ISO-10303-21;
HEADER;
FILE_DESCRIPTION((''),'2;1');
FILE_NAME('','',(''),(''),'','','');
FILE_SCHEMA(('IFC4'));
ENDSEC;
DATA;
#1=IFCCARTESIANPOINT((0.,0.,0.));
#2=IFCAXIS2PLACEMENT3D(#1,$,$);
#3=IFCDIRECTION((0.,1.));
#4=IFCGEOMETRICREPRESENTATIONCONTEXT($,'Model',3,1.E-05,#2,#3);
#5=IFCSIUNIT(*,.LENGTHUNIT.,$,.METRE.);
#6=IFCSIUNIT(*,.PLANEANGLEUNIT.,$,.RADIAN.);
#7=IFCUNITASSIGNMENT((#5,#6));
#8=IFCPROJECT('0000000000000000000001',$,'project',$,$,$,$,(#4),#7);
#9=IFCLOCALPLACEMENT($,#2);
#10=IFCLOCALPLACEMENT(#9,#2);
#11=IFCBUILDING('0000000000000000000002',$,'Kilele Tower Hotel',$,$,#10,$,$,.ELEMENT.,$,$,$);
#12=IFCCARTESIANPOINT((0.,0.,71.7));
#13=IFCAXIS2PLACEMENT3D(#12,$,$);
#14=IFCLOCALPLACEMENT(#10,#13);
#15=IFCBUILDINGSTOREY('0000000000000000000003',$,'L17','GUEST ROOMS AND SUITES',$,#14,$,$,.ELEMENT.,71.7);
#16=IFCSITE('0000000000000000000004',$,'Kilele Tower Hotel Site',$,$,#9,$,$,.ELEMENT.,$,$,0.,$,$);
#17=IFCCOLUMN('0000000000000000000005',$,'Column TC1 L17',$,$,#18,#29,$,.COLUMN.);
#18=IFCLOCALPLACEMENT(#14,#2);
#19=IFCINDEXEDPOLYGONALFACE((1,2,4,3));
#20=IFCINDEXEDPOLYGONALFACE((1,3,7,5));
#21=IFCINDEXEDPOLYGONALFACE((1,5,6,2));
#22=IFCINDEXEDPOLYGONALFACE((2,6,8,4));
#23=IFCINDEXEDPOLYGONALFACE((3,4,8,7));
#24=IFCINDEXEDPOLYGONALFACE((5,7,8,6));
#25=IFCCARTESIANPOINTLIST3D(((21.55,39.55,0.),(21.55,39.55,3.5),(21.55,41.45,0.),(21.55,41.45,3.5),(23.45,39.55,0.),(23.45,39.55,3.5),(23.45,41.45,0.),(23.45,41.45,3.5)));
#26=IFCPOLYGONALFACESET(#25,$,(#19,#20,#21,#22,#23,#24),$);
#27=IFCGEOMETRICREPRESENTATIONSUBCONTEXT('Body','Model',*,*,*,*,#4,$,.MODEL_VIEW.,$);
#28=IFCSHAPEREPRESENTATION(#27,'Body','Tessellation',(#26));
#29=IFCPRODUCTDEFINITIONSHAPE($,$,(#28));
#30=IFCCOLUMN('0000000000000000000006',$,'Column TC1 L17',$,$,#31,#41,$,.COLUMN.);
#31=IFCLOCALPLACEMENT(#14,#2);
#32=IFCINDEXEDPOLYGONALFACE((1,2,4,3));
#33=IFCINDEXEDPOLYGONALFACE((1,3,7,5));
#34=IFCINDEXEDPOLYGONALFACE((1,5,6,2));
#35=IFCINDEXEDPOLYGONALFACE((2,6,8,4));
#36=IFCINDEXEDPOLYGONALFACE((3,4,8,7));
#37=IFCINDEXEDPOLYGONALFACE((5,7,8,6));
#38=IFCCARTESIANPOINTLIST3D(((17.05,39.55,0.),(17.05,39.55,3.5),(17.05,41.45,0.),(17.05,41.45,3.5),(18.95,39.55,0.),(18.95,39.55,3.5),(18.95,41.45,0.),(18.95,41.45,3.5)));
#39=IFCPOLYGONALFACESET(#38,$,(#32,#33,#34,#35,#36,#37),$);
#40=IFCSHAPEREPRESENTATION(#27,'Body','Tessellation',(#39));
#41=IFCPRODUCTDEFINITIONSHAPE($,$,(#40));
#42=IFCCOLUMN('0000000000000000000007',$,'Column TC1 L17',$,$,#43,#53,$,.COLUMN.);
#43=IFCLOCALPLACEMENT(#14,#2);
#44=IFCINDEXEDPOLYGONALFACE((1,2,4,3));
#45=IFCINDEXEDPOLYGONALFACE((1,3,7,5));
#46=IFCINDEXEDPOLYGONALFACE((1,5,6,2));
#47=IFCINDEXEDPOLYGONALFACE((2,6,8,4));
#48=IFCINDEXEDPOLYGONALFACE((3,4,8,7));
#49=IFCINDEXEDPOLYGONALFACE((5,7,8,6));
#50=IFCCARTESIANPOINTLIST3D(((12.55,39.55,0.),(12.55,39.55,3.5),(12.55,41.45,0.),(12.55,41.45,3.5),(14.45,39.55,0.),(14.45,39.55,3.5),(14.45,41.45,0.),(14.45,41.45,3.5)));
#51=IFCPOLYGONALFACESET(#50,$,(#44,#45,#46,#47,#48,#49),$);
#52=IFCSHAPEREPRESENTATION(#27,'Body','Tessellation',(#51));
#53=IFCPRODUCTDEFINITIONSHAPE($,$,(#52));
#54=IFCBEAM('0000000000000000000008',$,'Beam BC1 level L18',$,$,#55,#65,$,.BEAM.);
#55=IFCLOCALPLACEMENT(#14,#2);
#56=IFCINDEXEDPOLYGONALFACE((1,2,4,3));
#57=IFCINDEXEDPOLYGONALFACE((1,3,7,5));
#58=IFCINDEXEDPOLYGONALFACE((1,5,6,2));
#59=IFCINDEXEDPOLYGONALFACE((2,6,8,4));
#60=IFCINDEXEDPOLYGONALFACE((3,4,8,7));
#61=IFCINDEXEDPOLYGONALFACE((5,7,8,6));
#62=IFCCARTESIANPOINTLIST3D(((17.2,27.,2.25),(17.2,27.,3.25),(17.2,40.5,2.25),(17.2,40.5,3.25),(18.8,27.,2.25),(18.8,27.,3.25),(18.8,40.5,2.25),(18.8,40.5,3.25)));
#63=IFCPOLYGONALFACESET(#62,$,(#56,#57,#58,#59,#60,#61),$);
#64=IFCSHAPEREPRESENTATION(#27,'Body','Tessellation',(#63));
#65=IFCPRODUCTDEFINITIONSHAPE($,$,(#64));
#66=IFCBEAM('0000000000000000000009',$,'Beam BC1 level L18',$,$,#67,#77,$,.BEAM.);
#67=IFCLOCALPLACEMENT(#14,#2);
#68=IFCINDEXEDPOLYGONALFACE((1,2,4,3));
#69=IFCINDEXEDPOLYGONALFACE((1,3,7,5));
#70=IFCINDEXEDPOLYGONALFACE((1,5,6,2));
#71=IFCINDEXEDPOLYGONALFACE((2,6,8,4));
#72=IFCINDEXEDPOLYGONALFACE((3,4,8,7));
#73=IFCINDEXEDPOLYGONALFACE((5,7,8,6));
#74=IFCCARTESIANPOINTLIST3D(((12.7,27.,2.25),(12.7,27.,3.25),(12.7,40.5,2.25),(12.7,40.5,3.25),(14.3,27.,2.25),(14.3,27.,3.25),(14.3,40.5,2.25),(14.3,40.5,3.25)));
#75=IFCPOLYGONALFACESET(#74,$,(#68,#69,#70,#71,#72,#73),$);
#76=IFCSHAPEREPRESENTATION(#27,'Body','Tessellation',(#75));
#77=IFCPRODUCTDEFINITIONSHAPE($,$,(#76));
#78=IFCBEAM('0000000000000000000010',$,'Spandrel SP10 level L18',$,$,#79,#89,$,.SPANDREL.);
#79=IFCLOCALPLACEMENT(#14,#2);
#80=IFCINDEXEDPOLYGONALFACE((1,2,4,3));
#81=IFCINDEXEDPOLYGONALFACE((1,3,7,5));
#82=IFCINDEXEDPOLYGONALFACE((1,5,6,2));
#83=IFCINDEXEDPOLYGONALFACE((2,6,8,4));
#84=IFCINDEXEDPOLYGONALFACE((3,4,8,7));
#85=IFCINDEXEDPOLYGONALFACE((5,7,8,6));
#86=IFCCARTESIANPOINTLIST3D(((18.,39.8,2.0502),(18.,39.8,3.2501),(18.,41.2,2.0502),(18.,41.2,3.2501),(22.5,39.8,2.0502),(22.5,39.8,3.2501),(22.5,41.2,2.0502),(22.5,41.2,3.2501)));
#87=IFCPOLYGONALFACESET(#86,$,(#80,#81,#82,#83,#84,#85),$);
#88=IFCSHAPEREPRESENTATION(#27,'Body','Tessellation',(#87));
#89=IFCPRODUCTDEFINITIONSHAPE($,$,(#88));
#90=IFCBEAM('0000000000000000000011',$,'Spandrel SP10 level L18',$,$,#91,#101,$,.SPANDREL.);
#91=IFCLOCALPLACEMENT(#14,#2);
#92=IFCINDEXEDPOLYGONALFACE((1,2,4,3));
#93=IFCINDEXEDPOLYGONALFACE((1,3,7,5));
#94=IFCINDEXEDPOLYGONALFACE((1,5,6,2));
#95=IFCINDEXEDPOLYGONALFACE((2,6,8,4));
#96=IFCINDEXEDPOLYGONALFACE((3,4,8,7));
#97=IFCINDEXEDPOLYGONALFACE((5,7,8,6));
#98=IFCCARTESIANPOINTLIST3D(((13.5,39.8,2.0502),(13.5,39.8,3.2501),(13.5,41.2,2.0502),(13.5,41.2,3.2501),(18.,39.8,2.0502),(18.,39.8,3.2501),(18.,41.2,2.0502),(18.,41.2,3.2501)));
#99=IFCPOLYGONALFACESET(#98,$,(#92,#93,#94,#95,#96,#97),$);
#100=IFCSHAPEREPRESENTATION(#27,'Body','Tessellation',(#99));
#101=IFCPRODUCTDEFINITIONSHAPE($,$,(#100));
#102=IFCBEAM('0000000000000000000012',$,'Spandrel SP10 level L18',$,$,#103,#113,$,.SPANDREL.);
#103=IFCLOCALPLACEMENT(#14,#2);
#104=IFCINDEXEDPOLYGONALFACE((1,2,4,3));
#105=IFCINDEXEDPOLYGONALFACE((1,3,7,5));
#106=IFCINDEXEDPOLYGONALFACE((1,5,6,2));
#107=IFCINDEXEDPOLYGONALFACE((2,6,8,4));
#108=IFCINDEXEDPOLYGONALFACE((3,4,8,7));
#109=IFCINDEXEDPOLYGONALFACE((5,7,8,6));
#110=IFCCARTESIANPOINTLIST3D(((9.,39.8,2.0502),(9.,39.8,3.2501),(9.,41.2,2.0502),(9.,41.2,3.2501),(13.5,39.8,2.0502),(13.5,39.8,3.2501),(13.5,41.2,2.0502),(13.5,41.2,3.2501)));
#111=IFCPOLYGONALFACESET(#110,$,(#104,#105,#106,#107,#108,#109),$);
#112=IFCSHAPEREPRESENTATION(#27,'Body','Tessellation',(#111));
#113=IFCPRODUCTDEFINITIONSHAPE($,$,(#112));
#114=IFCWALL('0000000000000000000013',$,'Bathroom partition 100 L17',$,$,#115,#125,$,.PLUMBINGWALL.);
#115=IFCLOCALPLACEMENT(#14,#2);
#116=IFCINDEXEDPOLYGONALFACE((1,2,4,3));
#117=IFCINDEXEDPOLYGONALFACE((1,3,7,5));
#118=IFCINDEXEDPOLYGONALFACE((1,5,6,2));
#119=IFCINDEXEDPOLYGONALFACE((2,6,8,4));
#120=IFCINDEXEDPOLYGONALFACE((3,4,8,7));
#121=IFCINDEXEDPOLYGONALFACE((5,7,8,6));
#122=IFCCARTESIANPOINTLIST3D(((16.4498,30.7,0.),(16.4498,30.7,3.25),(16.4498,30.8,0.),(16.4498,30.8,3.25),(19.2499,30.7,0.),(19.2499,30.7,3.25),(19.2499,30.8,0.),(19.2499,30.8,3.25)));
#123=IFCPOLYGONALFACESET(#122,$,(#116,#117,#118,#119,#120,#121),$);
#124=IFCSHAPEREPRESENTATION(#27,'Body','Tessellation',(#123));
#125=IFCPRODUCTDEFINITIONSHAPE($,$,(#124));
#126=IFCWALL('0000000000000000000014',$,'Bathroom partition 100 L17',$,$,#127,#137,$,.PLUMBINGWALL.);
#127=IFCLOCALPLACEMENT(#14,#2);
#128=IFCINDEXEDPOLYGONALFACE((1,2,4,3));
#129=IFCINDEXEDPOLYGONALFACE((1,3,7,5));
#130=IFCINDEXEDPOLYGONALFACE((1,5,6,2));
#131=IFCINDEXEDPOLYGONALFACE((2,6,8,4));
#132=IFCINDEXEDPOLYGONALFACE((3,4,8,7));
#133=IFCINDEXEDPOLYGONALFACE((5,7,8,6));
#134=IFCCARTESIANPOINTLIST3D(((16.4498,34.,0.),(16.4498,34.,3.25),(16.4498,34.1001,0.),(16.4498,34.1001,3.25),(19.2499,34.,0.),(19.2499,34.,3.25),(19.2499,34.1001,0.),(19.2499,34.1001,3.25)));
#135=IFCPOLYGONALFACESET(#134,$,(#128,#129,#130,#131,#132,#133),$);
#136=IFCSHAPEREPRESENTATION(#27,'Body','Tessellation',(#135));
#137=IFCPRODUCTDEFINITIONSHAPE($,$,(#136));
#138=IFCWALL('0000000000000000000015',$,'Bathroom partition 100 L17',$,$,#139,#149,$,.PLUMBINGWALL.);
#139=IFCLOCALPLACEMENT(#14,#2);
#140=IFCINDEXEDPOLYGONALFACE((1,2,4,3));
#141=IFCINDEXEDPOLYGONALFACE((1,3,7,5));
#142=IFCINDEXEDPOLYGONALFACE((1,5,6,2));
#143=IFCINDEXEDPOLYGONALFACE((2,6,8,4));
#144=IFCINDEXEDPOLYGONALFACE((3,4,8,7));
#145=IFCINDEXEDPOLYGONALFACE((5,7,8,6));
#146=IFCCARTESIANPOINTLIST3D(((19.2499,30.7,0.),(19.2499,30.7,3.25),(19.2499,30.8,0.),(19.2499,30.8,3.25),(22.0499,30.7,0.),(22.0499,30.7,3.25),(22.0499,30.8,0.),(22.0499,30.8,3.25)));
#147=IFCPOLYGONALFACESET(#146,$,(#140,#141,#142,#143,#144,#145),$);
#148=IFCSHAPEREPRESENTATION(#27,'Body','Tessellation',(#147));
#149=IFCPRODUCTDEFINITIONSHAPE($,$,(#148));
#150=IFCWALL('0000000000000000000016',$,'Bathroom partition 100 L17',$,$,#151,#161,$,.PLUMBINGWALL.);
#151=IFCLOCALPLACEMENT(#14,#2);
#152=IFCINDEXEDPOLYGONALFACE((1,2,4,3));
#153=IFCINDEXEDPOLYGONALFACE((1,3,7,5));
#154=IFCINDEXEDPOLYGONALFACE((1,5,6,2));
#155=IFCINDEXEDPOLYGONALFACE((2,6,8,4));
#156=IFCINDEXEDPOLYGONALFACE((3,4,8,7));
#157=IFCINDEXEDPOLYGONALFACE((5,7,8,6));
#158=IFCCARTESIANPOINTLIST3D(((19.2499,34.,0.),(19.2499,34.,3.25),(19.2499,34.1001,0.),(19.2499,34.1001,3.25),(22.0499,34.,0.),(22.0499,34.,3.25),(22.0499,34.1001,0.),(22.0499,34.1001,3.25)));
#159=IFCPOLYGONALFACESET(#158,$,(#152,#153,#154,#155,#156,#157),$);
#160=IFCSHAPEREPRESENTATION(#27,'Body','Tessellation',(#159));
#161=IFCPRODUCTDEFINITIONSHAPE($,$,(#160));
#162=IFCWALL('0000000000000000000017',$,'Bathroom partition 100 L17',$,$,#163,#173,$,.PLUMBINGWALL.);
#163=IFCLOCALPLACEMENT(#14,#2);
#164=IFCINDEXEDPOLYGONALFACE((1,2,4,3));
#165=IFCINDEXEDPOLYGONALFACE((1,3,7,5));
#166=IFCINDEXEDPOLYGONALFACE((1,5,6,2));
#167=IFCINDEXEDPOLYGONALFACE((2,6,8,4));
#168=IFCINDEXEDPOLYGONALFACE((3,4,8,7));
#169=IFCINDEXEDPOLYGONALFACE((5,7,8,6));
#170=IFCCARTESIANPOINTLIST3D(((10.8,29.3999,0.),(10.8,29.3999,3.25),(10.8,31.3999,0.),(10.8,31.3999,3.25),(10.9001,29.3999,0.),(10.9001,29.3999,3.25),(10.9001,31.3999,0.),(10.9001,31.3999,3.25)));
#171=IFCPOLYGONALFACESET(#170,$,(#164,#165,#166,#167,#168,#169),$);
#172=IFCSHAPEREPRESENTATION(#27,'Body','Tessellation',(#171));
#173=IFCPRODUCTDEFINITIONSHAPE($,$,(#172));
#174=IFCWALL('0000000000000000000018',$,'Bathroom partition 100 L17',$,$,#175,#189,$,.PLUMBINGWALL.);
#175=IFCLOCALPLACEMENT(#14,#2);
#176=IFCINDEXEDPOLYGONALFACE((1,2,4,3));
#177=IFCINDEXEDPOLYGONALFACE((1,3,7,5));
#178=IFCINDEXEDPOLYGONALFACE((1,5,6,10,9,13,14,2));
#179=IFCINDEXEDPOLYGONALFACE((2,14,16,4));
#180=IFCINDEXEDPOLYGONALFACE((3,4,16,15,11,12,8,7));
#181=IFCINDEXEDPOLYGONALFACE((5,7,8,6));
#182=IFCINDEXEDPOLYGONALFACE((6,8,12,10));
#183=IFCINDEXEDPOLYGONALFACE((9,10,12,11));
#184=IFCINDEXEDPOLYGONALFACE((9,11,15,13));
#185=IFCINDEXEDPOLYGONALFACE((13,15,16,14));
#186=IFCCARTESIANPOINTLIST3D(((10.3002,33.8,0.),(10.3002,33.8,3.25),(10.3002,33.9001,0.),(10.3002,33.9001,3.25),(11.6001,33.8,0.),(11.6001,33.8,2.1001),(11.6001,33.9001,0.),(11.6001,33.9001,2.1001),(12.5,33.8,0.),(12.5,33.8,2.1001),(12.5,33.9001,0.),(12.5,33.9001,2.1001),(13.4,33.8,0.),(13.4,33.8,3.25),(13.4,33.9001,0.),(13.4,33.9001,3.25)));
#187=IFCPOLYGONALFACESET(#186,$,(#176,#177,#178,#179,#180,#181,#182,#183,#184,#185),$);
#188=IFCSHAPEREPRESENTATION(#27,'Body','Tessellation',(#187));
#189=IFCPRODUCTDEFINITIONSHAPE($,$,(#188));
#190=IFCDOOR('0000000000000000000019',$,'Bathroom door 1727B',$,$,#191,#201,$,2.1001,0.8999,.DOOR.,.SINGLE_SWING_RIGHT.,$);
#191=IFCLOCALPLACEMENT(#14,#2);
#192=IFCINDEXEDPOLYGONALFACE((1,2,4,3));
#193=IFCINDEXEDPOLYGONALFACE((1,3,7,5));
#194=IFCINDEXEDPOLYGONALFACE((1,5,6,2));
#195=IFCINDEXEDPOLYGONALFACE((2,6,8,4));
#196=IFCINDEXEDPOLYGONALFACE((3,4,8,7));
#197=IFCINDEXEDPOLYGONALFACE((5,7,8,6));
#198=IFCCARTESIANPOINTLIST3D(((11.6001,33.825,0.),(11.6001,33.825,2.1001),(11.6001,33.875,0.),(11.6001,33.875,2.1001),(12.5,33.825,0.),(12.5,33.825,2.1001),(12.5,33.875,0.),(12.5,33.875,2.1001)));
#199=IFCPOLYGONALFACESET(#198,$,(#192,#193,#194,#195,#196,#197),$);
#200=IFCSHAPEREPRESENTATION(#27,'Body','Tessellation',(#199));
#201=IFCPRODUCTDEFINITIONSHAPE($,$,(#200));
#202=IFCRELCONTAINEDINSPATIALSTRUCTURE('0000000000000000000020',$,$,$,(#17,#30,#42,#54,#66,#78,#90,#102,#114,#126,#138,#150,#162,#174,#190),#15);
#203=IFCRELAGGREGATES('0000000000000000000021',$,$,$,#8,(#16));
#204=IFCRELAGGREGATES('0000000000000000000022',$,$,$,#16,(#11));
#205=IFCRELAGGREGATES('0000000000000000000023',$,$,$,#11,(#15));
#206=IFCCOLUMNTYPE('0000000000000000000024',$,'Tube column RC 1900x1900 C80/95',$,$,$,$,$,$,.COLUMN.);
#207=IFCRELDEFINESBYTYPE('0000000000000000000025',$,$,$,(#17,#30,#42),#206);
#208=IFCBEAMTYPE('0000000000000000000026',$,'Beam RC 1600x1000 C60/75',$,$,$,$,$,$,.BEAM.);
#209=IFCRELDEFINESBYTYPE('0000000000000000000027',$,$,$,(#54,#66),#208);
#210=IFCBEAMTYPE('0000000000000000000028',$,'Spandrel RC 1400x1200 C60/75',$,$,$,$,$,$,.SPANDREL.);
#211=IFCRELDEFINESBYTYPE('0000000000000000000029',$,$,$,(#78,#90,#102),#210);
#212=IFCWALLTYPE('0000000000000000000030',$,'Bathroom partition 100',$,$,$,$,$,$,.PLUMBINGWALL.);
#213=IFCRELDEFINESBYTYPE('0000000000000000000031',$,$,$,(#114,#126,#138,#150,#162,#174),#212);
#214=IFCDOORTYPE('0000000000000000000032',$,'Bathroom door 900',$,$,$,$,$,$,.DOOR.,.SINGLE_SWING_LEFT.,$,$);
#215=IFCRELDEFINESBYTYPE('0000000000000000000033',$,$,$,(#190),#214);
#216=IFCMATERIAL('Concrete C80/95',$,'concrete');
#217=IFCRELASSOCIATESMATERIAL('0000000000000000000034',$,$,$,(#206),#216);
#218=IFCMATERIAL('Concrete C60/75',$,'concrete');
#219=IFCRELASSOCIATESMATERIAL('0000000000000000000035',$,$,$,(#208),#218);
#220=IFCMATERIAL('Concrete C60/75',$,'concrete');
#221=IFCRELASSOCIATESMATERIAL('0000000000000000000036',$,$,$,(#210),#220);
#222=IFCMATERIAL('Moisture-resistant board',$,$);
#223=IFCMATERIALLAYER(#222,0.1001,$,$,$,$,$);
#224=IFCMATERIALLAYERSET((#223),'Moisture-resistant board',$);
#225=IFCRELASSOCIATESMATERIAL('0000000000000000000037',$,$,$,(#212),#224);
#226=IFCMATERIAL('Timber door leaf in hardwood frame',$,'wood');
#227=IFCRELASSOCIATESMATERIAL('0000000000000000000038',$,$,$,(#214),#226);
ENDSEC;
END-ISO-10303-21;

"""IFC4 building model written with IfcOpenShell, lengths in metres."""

from ifc_helpers import new_model, si_unit, direction, frame, frame_2d, origin, origin_2d, place, context, subcontext, project, spatial, rectangle, extrude, material, layer, layer_set, material_profile, profile_set, type_object, element, fill, save


model = new_model("IFC4")

# Units and contexts
model_context = context("Model", 3, precision=1e-05, world=origin(), true_north=direction((0.0, 1.0)))
body_context = subcontext(model_context, "Body", "Model", "MODEL_VIEW")
ifc_project = project(units=[si_unit("LENGTHUNIT", "METRE"), si_unit("PLANEANGLEUNIT", "RADIAN")], contexts=[model_context])

# Site, building, storey
site_placement = place(None, origin())
site = spatial("IfcSite", under=ifc_project, at=site_placement, Name="Kilele Tower Hotel Site", CompositionType="ELEMENT", RefElevation=0.0)
building_placement = place(site_placement, origin())
building = spatial("IfcBuilding", under=site, at=building_placement, Name="Kilele Tower Hotel", CompositionType="ELEMENT")
storey_placement = place(building_placement, frame((0.0, 0.0, 71.7)))
storey = spatial("IfcBuildingStorey", under=building, at=storey_placement, Name="L17", Description="GUEST ROOMS AND SUITES", CompositionType="ELEMENT", Elevation=71.7)

# Columns
ifc_material_1 = material(Name="Concrete C80/95", Category="concrete")
ifc_material_profile_1 = material_profile(ifc_material_1, rectangle(XDim=1.8999, YDim=1.8999, at=origin_2d()))
ifc_profile_set_1 = profile_set([ifc_material_profile_1], Name="Concrete C80/95")
column_type = type_object("IfcColumnType", Name="Tube column RC 1900x1900 C80/95", PredefinedType="COLUMN", material=ifc_profile_set_1)
for number, where, z_axis, x_axis, name in (
    (1, (22.5, 40.5, 0.0), (0.0, 0.0, 1.0), (1.0, 0.0, 0.0), "Column TC1 L17"),
    (2, (18.0, 40.5, 0.0), (0.0, 0.0, 1.0), (1.0, 0.0, 0.0), "Column TC1 L17"),
    (3, (13.5, 40.5, 0.0), (0.0, 0.0, 1.0), (1.0, 0.0, 0.0), "Column TC1 L17"),
):
    element("IfcColumn", number, at=place(storey_placement, frame(where, z_axis=z_axis, x_axis=x_axis)), inside=storey, type_object=column_type, Name=name, PredefinedType="COLUMN", context=body_context, shape_type="SweptSolid", body=[
        extrude(rectangle(XDim=1.8999, YDim=1.8999, at=origin_2d()), origin(), (0.0, 0.0, 1.0), 3.5),
    ])

# Beams
ifc_material_2 = material(Name="Concrete C60/75", Category="concrete")
ifc_material_profile_2 = material_profile(ifc_material_2, rectangle(XDim=1.6001, YDim=1.0, at=origin_2d()))
ifc_profile_set_2 = profile_set([ifc_material_profile_2], Name="Concrete C60/75")
beam_type_1 = type_object("IfcBeamType", Name="Beam RC 1600x1000 C60/75", PredefinedType="BEAM", material=ifc_profile_set_2)
for number, where, z_axis, x_axis, name in (
    (4, (18.0, 40.5, 2.75), (0.0, -1.0, 0.0), (1.0, 0.0, 0.0), "Beam BC1 level L18"),
    (5, (13.5, 40.5, 2.75), (0.0, -1.0, 0.0), (1.0, 0.0, 0.0), "Beam BC1 level L18"),
):
    element("IfcBeam", number, at=place(storey_placement, frame(where, z_axis=z_axis, x_axis=x_axis)), inside=storey, type_object=beam_type_1, Name=name, PredefinedType="BEAM", context=body_context, shape_type="SweptSolid", body=[
        extrude(rectangle(XDim=1.6001, YDim=1.0, at=origin_2d()), origin(), (0.0, 0.0, 1.0), 13.5),
    ])
ifc_material_3 = material(Name="Concrete C60/75", Category="concrete")
ifc_material_profile_3 = material_profile(ifc_material_3, rectangle(XDim=1.3999, YDim=1.2, at=origin_2d()))
ifc_profile_set_3 = profile_set([ifc_material_profile_3], Name="Concrete C60/75")
beam_type_2 = type_object("IfcBeamType", Name="Spandrel RC 1400x1200 C60/75", PredefinedType="SPANDREL", material=ifc_profile_set_3)
for number, where, z_axis, x_axis, name in (
    (6, (22.5, 40.5, 2.6501), (-1.0, 0.0, 0.0), (0.0, -1.0, 0.0), "Spandrel SP10 level L18"),
    (7, (18.0, 40.5, 2.6501), (-1.0, 0.0, 0.0), (0.0, -1.0, 0.0), "Spandrel SP10 level L18"),
    (8, (13.5, 40.5, 2.6501), (-1.0, 0.0, 0.0), (0.0, -1.0, 0.0), "Spandrel SP10 level L18"),
):
    element("IfcBeam", number, at=place(storey_placement, frame(where, z_axis=z_axis, x_axis=x_axis)), inside=storey, type_object=beam_type_2, Name=name, PredefinedType="SPANDREL", context=body_context, shape_type="SweptSolid", body=[
        extrude(rectangle(XDim=1.3999, YDim=1.2, at=origin_2d()), origin(), (0.0, 0.0, 1.0), 4.5),
    ])

# Walls
ifc_material_4 = material(Name="Moisture-resistant board")
ifc_layer_1 = layer(ifc_material_4, 0.1001)
ifc_layer_set_1 = layer_set([ifc_layer_1], Name="Moisture-resistant board")
wall_type_1 = type_object("IfcWallType", Name="Bathroom partition 100", PredefinedType="PLUMBINGWALL", material=ifc_layer_set_1)
for number, where, z_axis, x_axis, name in (
    (9, (16.45, 30.75, 0.0), (0.0, 0.0, 1.0), (1.0, 0.0, 0.0), "Bathroom partition 100 L17"),
    (10, (16.45, 34.05, 0.0), (0.0, 0.0, 1.0), (1.0, 0.0, 0.0), "Bathroom partition 100 L17"),
    (11, (19.25, 30.75, 0.0), (0.0, 0.0, 1.0), (1.0, 0.0, 0.0), "Bathroom partition 100 L17"),
    (12, (19.25, 34.05, 0.0), (0.0, 0.0, 1.0), (1.0, 0.0, 0.0), "Bathroom partition 100 L17"),
):
    element("IfcWall", number, at=place(storey_placement, frame(where, z_axis=z_axis, x_axis=x_axis)), inside=storey, type_object=wall_type_1, Name=name, PredefinedType="PLUMBINGWALL", context=body_context, shape_type="SweptSolid", body=[
        extrude(rectangle(XDim=2.8, YDim=0.1001, at=frame_2d((1.3999, 0.0))), origin(), (0.0, 0.0, 1.0), 3.25),
    ])
wall_1_placement = place(storey_placement, frame((10.8501, 31.3999, 0.0), z_axis=(0.0, 0.0, 1.0), x_axis=(0.0, -1.0, 0.0)))
element("IfcWall", 13, at=wall_1_placement, inside=storey, type_object=wall_type_1, Name="Bathroom partition 100 L17", PredefinedType="PLUMBINGWALL", context=body_context, shape_type="SweptSolid", body=[
    extrude(rectangle(XDim=2.0, YDim=0.1001, at=frame_2d((1.0, 0.0))), origin(), (0.0, 0.0, 1.0), 3.25),
])

# Wall, opening, door
wall_2_placement = place(storey_placement, frame((13.3999, 33.8501, 0.0), z_axis=(0.0, 0.0, 1.0), x_axis=(-1.0, 0.0, 0.0)))
wall_2 = element("IfcWall", 14, at=wall_2_placement, inside=storey, type_object=wall_type_1, Name="Bathroom partition 100 L17", PredefinedType="PLUMBINGWALL", context=body_context, shape_type="SweptSolid", body=[
    extrude(rectangle(XDim=3.0999, YDim=0.1001, at=frame_2d((1.5498, 0.0))), origin(), (0.0, 0.0, 1.0), 3.25),
])
opening_1_placement = place(wall_2_placement, frame((1.7998, 0.0, 0.0), z_axis=(0.0, 0.0, 1.0), x_axis=(-1.0, 0.0, 0.0)))
opening_1 = element("IfcOpeningElement", 15, at=opening_1_placement, cuts=wall_2, PredefinedType="OPENING", context=body_context, shape_type="SweptSolid", body=[
    extrude(rectangle(XDim=0.8999, YDim=2.1001, at=frame_2d((0.45, 1.05))), frame((0.0, 0.0601, 0.0), z_axis=(0.0, -1.0, 0.0), x_axis=(1.0, 0.0, 0.0)), (0.0, 0.0, 1.0), 0.1201),
])
ifc_material_5 = material(Name="Timber door leaf in hardwood frame", Category="wood")
door_type_1 = type_object("IfcDoorType", Name="Bathroom door 900", OperationType="SINGLE_SWING_LEFT", PredefinedType="DOOR", material=ifc_material_5)
door_1_placement = place(opening_1_placement, origin())
door_1 = element("IfcDoor", 16, at=door_1_placement, inside=storey, type_object=door_type_1, Name="Bathroom door 1727B", OperationType="SINGLE_SWING_RIGHT", OverallHeight=2.1001, OverallWidth=0.8999, PredefinedType="DOOR", context=body_context, shape_type="SweptSolid", body=[
    extrude(rectangle(XDim=0.8999, YDim=2.1001, at=frame_2d((0.45, 1.05))), frame((0.0, 0.0249, 0.0), z_axis=(0.0, -1.0, 0.0), x_axis=(1.0, 0.0, 0.0)), (0.0, 0.0, 1.0), 0.05),
])
fill(opening_1, door_1)

save(model, "model.ifc")
